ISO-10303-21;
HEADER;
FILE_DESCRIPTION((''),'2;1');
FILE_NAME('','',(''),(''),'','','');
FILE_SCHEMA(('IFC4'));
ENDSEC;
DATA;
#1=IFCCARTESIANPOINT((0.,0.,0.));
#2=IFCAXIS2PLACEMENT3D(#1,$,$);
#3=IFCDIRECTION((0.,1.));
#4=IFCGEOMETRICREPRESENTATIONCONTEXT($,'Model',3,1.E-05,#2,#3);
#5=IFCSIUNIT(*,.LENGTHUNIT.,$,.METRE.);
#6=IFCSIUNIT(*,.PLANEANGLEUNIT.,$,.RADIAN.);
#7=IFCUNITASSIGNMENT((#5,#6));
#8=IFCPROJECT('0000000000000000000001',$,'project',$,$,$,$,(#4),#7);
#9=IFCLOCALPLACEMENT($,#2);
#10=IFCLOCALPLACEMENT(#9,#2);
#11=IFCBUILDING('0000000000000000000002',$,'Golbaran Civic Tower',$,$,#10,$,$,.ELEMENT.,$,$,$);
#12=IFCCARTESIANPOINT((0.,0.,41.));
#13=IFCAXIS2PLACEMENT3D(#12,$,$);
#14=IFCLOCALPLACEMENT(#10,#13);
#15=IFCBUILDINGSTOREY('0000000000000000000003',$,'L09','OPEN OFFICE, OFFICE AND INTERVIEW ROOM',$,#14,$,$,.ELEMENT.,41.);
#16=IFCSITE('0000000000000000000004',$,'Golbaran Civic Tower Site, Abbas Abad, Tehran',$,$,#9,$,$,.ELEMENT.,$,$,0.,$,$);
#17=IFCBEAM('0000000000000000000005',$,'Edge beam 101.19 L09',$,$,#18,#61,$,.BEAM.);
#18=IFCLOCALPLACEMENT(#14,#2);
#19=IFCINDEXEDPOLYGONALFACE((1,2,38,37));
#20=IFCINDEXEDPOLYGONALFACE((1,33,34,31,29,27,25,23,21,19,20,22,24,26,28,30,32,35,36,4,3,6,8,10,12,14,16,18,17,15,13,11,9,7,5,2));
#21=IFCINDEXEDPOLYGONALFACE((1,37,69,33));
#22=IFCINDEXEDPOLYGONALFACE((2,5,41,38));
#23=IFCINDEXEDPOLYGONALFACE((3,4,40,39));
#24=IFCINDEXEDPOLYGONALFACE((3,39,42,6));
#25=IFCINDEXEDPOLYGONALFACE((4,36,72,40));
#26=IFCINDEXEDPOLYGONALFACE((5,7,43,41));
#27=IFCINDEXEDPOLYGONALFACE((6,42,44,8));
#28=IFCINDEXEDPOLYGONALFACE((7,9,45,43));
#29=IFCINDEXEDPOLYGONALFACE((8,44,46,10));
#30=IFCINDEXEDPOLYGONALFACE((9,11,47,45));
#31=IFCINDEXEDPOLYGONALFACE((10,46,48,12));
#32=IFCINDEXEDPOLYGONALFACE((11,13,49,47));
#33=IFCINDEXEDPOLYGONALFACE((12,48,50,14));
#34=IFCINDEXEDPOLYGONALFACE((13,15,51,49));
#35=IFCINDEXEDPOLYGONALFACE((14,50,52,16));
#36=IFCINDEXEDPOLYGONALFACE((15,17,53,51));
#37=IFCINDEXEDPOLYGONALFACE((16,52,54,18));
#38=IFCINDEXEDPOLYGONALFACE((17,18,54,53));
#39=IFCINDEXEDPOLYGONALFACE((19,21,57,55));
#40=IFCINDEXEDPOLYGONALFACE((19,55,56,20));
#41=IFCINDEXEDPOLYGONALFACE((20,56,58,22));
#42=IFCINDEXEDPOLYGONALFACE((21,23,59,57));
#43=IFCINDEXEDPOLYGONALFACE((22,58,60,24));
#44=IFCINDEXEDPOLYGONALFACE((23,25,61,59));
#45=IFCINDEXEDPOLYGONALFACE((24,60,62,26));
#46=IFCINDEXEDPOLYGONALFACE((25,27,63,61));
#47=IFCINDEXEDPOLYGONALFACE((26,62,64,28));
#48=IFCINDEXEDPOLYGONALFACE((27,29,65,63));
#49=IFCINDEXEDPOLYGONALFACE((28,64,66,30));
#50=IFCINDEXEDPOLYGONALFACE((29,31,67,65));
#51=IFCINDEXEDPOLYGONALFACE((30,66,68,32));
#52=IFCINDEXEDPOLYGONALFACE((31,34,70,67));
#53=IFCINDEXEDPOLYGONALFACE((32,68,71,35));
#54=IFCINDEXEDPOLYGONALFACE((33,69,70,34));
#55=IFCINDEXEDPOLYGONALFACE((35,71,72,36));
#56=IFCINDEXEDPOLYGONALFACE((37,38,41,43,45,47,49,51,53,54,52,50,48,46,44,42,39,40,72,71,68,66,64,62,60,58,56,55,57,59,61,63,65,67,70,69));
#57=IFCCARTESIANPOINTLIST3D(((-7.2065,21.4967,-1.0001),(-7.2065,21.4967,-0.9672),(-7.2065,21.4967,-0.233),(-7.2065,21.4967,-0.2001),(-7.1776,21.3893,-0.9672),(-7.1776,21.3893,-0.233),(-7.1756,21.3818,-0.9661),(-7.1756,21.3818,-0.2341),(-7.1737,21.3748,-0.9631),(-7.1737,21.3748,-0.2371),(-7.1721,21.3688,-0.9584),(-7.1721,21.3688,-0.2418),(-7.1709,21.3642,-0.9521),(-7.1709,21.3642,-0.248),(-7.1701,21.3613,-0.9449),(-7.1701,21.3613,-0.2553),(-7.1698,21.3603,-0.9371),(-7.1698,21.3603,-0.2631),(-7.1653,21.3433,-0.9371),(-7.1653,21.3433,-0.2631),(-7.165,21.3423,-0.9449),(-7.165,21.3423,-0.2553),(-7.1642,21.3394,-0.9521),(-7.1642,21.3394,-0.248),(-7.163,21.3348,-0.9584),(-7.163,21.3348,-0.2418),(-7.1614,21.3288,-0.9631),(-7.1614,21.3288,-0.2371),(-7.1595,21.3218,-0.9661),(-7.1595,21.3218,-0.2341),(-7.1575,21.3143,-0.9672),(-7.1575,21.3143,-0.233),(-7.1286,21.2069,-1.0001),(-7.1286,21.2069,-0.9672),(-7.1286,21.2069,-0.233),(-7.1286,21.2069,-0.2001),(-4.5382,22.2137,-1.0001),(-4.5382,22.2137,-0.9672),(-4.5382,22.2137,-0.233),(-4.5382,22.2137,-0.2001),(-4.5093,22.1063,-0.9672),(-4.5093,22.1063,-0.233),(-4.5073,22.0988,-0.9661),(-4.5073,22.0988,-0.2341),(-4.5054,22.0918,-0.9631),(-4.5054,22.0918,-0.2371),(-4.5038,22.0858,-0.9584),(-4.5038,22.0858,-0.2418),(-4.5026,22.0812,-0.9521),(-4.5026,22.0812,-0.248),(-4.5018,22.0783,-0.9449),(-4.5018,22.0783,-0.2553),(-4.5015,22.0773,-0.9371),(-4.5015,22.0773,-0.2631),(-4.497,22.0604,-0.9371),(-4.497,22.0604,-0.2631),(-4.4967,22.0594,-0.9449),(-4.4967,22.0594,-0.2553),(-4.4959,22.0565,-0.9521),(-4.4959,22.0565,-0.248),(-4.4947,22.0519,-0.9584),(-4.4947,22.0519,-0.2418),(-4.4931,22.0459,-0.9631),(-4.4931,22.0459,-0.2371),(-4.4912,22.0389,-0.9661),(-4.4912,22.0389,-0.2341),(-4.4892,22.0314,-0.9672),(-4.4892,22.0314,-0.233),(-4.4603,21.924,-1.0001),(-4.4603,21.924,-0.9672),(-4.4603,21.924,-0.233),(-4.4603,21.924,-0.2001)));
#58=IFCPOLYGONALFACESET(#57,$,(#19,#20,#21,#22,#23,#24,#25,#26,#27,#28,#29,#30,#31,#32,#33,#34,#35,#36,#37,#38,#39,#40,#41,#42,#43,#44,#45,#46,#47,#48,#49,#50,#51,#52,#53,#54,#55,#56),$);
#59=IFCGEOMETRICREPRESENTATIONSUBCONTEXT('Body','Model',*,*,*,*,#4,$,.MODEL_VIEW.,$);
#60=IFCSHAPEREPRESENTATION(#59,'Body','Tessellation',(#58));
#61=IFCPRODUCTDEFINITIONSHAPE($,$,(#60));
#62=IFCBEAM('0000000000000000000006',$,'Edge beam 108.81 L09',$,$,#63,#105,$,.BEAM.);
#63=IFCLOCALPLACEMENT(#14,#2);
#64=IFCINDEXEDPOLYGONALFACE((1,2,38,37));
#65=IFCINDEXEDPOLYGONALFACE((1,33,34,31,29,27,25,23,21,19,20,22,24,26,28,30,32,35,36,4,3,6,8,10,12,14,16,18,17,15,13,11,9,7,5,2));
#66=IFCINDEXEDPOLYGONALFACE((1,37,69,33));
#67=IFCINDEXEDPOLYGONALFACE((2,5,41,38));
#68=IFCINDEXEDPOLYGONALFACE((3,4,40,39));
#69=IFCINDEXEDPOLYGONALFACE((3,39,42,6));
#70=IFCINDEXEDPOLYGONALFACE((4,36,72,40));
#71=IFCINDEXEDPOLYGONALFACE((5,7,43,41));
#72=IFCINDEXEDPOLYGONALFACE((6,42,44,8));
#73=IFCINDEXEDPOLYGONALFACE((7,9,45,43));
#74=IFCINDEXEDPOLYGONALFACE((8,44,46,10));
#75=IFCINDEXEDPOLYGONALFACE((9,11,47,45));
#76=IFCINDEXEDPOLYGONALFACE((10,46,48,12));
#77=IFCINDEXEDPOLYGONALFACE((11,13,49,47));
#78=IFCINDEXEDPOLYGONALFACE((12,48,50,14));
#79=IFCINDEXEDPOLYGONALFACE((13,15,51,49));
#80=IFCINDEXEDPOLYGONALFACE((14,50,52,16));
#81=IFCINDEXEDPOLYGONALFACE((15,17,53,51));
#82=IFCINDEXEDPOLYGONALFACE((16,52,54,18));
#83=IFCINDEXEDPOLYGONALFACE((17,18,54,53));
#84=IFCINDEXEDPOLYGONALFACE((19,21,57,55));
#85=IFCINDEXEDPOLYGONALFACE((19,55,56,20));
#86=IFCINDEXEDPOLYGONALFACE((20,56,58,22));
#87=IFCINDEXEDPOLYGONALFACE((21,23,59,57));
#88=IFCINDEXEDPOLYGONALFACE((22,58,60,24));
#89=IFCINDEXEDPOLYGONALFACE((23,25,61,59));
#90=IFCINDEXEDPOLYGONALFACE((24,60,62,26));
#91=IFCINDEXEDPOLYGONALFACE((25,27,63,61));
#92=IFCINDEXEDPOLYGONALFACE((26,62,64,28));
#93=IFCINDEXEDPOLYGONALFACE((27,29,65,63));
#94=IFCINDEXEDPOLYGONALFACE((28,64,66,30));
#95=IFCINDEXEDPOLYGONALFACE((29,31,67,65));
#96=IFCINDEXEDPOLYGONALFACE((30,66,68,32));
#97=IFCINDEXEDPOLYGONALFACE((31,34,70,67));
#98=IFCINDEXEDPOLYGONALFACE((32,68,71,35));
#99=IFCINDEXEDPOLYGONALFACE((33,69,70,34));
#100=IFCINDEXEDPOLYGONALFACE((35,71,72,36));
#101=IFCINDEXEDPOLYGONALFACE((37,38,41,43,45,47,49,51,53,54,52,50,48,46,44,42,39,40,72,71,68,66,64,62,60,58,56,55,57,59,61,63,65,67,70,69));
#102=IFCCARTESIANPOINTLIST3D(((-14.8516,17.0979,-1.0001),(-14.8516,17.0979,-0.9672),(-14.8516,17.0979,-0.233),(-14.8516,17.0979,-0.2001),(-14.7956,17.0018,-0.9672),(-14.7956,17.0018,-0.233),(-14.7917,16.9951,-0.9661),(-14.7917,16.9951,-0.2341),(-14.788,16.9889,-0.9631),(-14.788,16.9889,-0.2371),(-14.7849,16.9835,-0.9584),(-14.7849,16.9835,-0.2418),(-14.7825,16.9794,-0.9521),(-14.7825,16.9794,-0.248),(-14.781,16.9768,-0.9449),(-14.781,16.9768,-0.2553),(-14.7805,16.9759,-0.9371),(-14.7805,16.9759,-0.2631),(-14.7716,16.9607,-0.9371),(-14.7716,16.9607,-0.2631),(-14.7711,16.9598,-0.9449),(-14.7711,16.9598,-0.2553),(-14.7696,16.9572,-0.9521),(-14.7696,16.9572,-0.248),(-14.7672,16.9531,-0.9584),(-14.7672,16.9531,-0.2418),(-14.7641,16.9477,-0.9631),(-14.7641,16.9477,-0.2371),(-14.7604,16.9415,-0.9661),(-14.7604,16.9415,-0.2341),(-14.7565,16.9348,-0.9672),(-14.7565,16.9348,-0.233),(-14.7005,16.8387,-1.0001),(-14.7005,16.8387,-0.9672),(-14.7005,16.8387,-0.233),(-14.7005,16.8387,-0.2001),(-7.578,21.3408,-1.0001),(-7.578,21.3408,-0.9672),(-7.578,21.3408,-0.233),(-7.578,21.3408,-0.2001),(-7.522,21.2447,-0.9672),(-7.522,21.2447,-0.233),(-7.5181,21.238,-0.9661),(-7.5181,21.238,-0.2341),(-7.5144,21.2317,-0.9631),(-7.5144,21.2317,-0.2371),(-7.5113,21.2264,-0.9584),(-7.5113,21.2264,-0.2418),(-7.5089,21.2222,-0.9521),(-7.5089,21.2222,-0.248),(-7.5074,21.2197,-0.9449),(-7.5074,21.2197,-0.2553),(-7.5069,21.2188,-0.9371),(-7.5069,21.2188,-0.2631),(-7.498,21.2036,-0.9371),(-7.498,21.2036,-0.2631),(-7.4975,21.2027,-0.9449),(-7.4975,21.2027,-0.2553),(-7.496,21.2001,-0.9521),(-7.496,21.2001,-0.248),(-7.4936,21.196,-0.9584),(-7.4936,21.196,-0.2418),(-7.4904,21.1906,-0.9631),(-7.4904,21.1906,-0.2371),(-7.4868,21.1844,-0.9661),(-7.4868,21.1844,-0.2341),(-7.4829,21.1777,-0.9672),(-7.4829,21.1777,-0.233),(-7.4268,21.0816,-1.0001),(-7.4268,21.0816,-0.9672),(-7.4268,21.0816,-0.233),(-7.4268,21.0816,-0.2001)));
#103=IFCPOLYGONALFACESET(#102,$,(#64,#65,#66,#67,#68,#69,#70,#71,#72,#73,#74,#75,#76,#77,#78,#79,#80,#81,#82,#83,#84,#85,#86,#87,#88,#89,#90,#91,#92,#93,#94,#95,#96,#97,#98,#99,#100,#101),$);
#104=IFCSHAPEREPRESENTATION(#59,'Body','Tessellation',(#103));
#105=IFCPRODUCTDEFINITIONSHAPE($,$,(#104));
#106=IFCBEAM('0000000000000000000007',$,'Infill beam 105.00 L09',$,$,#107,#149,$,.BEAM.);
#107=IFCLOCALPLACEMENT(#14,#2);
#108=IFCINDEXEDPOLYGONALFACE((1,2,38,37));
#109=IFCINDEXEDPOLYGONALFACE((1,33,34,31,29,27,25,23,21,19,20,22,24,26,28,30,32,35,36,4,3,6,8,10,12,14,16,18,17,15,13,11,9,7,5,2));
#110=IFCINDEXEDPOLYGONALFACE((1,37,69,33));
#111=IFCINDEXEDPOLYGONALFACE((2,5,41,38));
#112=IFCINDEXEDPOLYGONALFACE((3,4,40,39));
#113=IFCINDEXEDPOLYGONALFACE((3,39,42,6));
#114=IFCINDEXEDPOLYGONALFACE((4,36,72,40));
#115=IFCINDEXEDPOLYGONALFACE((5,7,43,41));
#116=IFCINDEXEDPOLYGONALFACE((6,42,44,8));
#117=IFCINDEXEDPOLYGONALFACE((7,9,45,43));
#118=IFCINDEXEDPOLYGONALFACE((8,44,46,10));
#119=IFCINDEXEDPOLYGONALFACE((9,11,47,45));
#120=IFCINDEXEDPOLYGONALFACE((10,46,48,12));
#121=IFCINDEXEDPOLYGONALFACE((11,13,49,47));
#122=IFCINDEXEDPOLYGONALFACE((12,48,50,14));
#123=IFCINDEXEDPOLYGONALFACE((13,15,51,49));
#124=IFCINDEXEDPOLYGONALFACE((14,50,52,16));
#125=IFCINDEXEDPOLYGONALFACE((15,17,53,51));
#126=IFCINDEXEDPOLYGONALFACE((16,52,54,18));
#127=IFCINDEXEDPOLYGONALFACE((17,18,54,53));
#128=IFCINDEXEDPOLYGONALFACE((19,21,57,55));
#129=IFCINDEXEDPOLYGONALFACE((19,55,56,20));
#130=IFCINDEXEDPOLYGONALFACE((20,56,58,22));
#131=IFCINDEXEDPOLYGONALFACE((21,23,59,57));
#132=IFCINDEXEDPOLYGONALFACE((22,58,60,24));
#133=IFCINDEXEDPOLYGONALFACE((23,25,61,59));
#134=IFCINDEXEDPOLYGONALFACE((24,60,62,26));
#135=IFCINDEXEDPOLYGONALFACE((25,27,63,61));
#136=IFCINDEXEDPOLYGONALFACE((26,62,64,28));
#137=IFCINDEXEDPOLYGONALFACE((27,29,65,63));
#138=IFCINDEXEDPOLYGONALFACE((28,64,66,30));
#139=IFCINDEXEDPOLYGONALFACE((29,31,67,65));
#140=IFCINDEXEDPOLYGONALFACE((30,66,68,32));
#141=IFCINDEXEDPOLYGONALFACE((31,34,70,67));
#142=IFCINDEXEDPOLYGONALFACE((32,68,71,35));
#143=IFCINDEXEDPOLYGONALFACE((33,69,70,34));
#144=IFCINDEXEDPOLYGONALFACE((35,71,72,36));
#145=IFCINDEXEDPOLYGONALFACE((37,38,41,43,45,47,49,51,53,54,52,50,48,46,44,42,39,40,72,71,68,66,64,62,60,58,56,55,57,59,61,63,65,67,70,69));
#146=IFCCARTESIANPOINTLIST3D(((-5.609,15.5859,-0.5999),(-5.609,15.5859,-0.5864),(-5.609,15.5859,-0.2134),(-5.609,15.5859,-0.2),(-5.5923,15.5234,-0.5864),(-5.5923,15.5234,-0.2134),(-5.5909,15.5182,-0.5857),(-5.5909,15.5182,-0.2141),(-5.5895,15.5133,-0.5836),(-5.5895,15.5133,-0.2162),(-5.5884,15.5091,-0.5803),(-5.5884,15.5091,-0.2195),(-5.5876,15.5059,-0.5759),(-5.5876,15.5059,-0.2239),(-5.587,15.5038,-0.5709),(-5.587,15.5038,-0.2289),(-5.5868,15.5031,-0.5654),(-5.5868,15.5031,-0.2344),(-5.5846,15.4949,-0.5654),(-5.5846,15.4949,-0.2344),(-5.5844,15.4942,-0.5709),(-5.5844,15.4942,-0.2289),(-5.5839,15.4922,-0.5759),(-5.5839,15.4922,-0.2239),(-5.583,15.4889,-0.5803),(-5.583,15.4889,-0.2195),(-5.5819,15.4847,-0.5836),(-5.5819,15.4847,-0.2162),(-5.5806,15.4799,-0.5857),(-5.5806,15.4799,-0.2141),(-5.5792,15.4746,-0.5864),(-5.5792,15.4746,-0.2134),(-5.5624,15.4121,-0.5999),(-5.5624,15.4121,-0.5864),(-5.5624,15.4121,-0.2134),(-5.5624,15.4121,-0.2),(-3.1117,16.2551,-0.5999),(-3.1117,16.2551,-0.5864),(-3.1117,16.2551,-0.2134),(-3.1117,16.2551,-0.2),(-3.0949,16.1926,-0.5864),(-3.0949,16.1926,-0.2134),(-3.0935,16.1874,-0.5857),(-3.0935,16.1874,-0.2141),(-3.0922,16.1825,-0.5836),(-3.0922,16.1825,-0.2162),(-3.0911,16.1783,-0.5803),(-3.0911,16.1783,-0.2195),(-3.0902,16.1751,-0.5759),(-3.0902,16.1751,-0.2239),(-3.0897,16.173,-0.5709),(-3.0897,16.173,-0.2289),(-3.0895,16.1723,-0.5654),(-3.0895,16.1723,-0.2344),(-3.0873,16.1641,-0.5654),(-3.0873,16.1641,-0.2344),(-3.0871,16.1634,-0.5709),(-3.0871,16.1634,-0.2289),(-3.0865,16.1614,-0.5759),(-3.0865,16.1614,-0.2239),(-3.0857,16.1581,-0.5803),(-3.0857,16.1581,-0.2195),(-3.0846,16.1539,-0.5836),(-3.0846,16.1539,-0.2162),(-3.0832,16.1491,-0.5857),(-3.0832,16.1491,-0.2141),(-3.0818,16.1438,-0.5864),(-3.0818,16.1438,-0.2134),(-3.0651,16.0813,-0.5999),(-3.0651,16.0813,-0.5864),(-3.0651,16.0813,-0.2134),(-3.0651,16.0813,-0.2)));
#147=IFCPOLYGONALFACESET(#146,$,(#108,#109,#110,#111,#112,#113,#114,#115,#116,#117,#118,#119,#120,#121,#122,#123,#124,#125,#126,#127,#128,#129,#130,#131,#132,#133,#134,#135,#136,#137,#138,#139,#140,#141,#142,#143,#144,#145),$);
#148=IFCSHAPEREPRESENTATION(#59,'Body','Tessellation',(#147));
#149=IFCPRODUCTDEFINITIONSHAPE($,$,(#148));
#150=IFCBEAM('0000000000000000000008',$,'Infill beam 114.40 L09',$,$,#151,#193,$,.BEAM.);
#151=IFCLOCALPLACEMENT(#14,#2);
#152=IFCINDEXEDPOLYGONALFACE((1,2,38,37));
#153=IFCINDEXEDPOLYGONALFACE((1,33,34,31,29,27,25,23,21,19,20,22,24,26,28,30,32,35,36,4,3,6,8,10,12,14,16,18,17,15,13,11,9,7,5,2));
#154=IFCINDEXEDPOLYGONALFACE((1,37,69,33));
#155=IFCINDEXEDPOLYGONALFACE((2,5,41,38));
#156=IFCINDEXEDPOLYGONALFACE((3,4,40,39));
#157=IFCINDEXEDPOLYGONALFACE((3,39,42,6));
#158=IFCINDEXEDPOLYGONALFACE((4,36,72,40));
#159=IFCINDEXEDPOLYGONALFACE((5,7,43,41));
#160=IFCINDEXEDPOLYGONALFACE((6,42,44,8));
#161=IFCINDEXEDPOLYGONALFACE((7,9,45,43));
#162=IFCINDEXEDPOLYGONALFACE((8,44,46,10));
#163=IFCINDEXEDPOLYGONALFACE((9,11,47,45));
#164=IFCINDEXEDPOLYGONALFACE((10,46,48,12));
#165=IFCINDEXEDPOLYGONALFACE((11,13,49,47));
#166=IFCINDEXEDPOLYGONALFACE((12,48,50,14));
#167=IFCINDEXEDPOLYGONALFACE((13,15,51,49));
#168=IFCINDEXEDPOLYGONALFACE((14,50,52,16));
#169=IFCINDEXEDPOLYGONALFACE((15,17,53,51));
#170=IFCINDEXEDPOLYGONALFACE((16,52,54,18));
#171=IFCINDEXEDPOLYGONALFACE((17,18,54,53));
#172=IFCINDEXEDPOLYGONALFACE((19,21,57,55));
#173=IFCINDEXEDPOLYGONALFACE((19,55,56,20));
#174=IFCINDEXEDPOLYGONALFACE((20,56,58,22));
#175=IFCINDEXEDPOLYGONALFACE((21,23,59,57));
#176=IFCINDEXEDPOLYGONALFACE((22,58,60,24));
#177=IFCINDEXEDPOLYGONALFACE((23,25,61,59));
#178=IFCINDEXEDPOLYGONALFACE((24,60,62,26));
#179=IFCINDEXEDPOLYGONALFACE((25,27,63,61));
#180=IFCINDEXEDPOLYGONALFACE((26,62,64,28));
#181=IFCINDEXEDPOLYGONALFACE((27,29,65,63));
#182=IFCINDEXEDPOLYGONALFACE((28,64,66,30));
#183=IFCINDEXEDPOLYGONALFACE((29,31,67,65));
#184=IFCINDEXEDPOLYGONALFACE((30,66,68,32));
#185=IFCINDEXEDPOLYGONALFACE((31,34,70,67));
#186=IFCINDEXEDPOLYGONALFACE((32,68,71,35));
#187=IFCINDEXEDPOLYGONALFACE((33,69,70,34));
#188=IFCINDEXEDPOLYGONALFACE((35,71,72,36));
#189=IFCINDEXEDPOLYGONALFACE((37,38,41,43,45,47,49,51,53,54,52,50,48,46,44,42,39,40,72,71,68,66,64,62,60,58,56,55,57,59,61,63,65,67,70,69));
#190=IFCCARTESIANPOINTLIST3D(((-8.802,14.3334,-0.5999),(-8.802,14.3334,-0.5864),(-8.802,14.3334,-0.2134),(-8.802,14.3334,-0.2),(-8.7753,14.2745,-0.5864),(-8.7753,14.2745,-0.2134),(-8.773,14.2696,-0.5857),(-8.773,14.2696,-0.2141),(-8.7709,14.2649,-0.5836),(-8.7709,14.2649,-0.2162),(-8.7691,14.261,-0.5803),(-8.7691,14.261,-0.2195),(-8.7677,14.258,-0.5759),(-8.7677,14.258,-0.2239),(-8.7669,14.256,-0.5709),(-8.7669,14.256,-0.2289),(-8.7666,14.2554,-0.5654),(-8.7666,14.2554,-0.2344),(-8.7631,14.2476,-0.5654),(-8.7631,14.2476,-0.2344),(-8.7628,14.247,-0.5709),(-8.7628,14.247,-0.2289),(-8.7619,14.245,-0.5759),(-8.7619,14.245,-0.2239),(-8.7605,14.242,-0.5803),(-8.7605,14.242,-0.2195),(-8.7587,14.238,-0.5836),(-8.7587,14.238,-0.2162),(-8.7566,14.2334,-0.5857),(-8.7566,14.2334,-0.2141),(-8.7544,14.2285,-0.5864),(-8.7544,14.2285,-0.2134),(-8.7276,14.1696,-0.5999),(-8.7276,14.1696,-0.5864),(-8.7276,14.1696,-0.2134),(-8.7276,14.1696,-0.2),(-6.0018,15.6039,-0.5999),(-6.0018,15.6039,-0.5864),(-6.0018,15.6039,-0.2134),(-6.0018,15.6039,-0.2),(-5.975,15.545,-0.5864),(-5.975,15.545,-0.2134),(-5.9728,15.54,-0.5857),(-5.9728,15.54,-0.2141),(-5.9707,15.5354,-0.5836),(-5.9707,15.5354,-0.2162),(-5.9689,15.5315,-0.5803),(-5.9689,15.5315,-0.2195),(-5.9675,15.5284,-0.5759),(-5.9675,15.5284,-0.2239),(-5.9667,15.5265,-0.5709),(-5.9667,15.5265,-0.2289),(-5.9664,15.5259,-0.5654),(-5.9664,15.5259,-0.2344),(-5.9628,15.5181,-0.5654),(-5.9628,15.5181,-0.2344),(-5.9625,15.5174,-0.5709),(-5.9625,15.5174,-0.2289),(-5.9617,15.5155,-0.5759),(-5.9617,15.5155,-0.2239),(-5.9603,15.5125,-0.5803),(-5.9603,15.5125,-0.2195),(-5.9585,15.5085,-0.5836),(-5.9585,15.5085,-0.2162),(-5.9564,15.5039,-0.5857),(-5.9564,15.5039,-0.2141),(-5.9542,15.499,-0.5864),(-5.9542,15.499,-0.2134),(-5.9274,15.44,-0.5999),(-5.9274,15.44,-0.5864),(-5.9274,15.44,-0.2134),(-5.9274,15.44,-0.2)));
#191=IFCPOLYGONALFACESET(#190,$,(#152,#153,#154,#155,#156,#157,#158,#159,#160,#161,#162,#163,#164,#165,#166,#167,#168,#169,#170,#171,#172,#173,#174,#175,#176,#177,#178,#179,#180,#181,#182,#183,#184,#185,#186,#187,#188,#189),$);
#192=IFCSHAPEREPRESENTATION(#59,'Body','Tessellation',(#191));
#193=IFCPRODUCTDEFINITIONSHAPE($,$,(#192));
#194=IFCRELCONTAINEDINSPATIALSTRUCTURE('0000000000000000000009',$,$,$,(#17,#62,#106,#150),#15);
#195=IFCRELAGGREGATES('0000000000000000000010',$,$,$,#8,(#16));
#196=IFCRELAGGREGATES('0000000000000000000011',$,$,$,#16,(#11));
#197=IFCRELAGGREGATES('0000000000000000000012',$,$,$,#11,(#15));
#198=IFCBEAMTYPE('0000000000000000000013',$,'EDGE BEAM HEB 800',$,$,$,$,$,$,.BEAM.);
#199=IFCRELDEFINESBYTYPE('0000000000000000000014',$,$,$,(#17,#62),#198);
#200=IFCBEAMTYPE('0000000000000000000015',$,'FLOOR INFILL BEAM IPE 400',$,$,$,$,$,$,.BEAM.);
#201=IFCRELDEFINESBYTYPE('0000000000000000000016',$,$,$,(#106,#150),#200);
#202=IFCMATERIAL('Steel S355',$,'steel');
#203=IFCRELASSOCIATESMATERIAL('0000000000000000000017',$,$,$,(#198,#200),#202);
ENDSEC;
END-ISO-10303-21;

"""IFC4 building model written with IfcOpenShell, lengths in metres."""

from ifc_helpers import new_model, si_unit, direction, frame, origin, origin_2d, place, context, subcontext, project, spatial, i_section, extrude, material, material_profile, profile_set, type_object, element, save


model = new_model("IFC4")

# Units and contexts
model_context = context("Model", 3, precision=1e-05, world=origin(), true_north=direction((0.0, 1.0)))
body_context = subcontext(model_context, "Body", "Model", "MODEL_VIEW")
ifc_project = project(units=[si_unit("LENGTHUNIT", "METRE"), si_unit("PLANEANGLEUNIT", "RADIAN")], contexts=[model_context])

# Site, building, storey
site_placement = place(None, origin())
site = spatial("IfcSite", under=ifc_project, at=site_placement, Name="Golbaran Civic Tower Site, Abbas Abad, Tehran", CompositionType="ELEMENT", RefElevation=0.0)
building_placement = place(site_placement, origin())
building = spatial("IfcBuilding", under=site, at=building_placement, Name="Golbaran Civic Tower", CompositionType="ELEMENT")
storey_placement = place(building_placement, frame((0.0, 0.0, 41.0)))
storey = spatial("IfcBuildingStorey", under=building, at=storey_placement, Name="L09", Description="OPEN OFFICE, OFFICE AND INTERVIEW ROOM", CompositionType="ELEMENT", Elevation=41.0)

# Beams
ifc_material_1 = material(Name="Steel S355", Category="steel")
ifc_material_profile_1 = material_profile(ifc_material_1, i_section(OverallWidth=0.3, OverallDepth=0.8, WebThickness=0.0176, FlangeThickness=0.033, FilletRadius=0.03, at=origin_2d()), Name="HEB 800")
ifc_profile_set_1 = profile_set([ifc_material_profile_1], Name="Steel S355")
beam_type_1 = type_object("IfcBeamType", Name="EDGE BEAM HEB 800", PredefinedType="BEAM", material=ifc_profile_set_1)
beam_1_placement = place(storey_placement, frame((-4.4993, 22.0688, -0.6001), z_axis=(-0.965736, -0.259527, 0.0), x_axis=(0.259527, -0.965736, 0.0)))
element("IfcBeam", 1, at=beam_1_placement, inside=storey, type_object=beam_type_1, Name="Edge beam 101.19 L09", PredefinedType="BEAM", context=body_context, shape_type="SweptSolid", body=[
    extrude(i_section(OverallWidth=0.3, OverallDepth=0.8, WebThickness=0.0176, FlangeThickness=0.033, FilletRadius=0.03, at=origin_2d()), origin(), (0.0, 0.0, 1.0), 2.7629),
])
beam_2_placement = place(storey_placement, frame((-7.5024, 21.2112, -0.6001), z_axis=(-0.863782, -0.503866, 0.0), x_axis=(0.503866, -0.863782, 0.0)))
element("IfcBeam", 2, at=beam_2_placement, inside=storey, type_object=beam_type_1, Name="Edge beam 108.81 L09", PredefinedType="BEAM", context=body_context, shape_type="SweptSolid", body=[
    extrude(i_section(OverallWidth=0.3, OverallDepth=0.8, WebThickness=0.0176, FlangeThickness=0.033, FilletRadius=0.03, at=origin_2d()), origin(), (0.0, 0.0, 1.0), 8.4207),
])
ifc_material_profile_2 = material_profile(ifc_material_1, i_section(OverallWidth=0.1799, OverallDepth=0.3999, WebThickness=0.0085, FlangeThickness=0.0134, FilletRadius=0.021, at=origin_2d()), Name="IPE 400")
ifc_profile_set_2 = profile_set([ifc_material_profile_2], Name="Steel S355")
beam_type_2 = type_object("IfcBeamType", Name="FLOOR INFILL BEAM IPE 400", PredefinedType="BEAM", material=ifc_profile_set_2)
beam_3_placement = place(storey_placement, frame((-3.0884, 16.1682, -0.3999), z_axis=(-0.965922, -0.258832, 0.0), x_axis=(0.258832, -0.965922, 0.0)))
element("IfcBeam", 3, at=beam_3_placement, inside=storey, type_object=beam_type_2, Name="Infill beam 105.00 L09", PredefinedType="BEAM", context=body_context, shape_type="SweptSolid", body=[
    extrude(i_section(OverallWidth=0.1799, OverallDepth=0.3999, WebThickness=0.0085, FlangeThickness=0.0134, FilletRadius=0.021, at=origin_2d()), origin(), (0.0, 0.0, 1.0), 2.5854),
])
beam_4_placement = place(storey_placement, frame((-5.9646, 15.522, -0.3999), z_axis=(-0.910654, -0.413169, 0.0), x_axis=(0.413169, -0.910654, 0.0)))
element("IfcBeam", 4, at=beam_4_placement, inside=storey, type_object=beam_type_2, Name="Infill beam 114.40 L09", PredefinedType="BEAM", context=body_context, shape_type="SweptSolid", body=[
    extrude(i_section(OverallWidth=0.1799, OverallDepth=0.3999, WebThickness=0.0085, FlangeThickness=0.0134, FilletRadius=0.021, at=origin_2d()), origin(), (0.0, 0.0, 1.0), 3.075),
])

save(model, "model.ifc")
